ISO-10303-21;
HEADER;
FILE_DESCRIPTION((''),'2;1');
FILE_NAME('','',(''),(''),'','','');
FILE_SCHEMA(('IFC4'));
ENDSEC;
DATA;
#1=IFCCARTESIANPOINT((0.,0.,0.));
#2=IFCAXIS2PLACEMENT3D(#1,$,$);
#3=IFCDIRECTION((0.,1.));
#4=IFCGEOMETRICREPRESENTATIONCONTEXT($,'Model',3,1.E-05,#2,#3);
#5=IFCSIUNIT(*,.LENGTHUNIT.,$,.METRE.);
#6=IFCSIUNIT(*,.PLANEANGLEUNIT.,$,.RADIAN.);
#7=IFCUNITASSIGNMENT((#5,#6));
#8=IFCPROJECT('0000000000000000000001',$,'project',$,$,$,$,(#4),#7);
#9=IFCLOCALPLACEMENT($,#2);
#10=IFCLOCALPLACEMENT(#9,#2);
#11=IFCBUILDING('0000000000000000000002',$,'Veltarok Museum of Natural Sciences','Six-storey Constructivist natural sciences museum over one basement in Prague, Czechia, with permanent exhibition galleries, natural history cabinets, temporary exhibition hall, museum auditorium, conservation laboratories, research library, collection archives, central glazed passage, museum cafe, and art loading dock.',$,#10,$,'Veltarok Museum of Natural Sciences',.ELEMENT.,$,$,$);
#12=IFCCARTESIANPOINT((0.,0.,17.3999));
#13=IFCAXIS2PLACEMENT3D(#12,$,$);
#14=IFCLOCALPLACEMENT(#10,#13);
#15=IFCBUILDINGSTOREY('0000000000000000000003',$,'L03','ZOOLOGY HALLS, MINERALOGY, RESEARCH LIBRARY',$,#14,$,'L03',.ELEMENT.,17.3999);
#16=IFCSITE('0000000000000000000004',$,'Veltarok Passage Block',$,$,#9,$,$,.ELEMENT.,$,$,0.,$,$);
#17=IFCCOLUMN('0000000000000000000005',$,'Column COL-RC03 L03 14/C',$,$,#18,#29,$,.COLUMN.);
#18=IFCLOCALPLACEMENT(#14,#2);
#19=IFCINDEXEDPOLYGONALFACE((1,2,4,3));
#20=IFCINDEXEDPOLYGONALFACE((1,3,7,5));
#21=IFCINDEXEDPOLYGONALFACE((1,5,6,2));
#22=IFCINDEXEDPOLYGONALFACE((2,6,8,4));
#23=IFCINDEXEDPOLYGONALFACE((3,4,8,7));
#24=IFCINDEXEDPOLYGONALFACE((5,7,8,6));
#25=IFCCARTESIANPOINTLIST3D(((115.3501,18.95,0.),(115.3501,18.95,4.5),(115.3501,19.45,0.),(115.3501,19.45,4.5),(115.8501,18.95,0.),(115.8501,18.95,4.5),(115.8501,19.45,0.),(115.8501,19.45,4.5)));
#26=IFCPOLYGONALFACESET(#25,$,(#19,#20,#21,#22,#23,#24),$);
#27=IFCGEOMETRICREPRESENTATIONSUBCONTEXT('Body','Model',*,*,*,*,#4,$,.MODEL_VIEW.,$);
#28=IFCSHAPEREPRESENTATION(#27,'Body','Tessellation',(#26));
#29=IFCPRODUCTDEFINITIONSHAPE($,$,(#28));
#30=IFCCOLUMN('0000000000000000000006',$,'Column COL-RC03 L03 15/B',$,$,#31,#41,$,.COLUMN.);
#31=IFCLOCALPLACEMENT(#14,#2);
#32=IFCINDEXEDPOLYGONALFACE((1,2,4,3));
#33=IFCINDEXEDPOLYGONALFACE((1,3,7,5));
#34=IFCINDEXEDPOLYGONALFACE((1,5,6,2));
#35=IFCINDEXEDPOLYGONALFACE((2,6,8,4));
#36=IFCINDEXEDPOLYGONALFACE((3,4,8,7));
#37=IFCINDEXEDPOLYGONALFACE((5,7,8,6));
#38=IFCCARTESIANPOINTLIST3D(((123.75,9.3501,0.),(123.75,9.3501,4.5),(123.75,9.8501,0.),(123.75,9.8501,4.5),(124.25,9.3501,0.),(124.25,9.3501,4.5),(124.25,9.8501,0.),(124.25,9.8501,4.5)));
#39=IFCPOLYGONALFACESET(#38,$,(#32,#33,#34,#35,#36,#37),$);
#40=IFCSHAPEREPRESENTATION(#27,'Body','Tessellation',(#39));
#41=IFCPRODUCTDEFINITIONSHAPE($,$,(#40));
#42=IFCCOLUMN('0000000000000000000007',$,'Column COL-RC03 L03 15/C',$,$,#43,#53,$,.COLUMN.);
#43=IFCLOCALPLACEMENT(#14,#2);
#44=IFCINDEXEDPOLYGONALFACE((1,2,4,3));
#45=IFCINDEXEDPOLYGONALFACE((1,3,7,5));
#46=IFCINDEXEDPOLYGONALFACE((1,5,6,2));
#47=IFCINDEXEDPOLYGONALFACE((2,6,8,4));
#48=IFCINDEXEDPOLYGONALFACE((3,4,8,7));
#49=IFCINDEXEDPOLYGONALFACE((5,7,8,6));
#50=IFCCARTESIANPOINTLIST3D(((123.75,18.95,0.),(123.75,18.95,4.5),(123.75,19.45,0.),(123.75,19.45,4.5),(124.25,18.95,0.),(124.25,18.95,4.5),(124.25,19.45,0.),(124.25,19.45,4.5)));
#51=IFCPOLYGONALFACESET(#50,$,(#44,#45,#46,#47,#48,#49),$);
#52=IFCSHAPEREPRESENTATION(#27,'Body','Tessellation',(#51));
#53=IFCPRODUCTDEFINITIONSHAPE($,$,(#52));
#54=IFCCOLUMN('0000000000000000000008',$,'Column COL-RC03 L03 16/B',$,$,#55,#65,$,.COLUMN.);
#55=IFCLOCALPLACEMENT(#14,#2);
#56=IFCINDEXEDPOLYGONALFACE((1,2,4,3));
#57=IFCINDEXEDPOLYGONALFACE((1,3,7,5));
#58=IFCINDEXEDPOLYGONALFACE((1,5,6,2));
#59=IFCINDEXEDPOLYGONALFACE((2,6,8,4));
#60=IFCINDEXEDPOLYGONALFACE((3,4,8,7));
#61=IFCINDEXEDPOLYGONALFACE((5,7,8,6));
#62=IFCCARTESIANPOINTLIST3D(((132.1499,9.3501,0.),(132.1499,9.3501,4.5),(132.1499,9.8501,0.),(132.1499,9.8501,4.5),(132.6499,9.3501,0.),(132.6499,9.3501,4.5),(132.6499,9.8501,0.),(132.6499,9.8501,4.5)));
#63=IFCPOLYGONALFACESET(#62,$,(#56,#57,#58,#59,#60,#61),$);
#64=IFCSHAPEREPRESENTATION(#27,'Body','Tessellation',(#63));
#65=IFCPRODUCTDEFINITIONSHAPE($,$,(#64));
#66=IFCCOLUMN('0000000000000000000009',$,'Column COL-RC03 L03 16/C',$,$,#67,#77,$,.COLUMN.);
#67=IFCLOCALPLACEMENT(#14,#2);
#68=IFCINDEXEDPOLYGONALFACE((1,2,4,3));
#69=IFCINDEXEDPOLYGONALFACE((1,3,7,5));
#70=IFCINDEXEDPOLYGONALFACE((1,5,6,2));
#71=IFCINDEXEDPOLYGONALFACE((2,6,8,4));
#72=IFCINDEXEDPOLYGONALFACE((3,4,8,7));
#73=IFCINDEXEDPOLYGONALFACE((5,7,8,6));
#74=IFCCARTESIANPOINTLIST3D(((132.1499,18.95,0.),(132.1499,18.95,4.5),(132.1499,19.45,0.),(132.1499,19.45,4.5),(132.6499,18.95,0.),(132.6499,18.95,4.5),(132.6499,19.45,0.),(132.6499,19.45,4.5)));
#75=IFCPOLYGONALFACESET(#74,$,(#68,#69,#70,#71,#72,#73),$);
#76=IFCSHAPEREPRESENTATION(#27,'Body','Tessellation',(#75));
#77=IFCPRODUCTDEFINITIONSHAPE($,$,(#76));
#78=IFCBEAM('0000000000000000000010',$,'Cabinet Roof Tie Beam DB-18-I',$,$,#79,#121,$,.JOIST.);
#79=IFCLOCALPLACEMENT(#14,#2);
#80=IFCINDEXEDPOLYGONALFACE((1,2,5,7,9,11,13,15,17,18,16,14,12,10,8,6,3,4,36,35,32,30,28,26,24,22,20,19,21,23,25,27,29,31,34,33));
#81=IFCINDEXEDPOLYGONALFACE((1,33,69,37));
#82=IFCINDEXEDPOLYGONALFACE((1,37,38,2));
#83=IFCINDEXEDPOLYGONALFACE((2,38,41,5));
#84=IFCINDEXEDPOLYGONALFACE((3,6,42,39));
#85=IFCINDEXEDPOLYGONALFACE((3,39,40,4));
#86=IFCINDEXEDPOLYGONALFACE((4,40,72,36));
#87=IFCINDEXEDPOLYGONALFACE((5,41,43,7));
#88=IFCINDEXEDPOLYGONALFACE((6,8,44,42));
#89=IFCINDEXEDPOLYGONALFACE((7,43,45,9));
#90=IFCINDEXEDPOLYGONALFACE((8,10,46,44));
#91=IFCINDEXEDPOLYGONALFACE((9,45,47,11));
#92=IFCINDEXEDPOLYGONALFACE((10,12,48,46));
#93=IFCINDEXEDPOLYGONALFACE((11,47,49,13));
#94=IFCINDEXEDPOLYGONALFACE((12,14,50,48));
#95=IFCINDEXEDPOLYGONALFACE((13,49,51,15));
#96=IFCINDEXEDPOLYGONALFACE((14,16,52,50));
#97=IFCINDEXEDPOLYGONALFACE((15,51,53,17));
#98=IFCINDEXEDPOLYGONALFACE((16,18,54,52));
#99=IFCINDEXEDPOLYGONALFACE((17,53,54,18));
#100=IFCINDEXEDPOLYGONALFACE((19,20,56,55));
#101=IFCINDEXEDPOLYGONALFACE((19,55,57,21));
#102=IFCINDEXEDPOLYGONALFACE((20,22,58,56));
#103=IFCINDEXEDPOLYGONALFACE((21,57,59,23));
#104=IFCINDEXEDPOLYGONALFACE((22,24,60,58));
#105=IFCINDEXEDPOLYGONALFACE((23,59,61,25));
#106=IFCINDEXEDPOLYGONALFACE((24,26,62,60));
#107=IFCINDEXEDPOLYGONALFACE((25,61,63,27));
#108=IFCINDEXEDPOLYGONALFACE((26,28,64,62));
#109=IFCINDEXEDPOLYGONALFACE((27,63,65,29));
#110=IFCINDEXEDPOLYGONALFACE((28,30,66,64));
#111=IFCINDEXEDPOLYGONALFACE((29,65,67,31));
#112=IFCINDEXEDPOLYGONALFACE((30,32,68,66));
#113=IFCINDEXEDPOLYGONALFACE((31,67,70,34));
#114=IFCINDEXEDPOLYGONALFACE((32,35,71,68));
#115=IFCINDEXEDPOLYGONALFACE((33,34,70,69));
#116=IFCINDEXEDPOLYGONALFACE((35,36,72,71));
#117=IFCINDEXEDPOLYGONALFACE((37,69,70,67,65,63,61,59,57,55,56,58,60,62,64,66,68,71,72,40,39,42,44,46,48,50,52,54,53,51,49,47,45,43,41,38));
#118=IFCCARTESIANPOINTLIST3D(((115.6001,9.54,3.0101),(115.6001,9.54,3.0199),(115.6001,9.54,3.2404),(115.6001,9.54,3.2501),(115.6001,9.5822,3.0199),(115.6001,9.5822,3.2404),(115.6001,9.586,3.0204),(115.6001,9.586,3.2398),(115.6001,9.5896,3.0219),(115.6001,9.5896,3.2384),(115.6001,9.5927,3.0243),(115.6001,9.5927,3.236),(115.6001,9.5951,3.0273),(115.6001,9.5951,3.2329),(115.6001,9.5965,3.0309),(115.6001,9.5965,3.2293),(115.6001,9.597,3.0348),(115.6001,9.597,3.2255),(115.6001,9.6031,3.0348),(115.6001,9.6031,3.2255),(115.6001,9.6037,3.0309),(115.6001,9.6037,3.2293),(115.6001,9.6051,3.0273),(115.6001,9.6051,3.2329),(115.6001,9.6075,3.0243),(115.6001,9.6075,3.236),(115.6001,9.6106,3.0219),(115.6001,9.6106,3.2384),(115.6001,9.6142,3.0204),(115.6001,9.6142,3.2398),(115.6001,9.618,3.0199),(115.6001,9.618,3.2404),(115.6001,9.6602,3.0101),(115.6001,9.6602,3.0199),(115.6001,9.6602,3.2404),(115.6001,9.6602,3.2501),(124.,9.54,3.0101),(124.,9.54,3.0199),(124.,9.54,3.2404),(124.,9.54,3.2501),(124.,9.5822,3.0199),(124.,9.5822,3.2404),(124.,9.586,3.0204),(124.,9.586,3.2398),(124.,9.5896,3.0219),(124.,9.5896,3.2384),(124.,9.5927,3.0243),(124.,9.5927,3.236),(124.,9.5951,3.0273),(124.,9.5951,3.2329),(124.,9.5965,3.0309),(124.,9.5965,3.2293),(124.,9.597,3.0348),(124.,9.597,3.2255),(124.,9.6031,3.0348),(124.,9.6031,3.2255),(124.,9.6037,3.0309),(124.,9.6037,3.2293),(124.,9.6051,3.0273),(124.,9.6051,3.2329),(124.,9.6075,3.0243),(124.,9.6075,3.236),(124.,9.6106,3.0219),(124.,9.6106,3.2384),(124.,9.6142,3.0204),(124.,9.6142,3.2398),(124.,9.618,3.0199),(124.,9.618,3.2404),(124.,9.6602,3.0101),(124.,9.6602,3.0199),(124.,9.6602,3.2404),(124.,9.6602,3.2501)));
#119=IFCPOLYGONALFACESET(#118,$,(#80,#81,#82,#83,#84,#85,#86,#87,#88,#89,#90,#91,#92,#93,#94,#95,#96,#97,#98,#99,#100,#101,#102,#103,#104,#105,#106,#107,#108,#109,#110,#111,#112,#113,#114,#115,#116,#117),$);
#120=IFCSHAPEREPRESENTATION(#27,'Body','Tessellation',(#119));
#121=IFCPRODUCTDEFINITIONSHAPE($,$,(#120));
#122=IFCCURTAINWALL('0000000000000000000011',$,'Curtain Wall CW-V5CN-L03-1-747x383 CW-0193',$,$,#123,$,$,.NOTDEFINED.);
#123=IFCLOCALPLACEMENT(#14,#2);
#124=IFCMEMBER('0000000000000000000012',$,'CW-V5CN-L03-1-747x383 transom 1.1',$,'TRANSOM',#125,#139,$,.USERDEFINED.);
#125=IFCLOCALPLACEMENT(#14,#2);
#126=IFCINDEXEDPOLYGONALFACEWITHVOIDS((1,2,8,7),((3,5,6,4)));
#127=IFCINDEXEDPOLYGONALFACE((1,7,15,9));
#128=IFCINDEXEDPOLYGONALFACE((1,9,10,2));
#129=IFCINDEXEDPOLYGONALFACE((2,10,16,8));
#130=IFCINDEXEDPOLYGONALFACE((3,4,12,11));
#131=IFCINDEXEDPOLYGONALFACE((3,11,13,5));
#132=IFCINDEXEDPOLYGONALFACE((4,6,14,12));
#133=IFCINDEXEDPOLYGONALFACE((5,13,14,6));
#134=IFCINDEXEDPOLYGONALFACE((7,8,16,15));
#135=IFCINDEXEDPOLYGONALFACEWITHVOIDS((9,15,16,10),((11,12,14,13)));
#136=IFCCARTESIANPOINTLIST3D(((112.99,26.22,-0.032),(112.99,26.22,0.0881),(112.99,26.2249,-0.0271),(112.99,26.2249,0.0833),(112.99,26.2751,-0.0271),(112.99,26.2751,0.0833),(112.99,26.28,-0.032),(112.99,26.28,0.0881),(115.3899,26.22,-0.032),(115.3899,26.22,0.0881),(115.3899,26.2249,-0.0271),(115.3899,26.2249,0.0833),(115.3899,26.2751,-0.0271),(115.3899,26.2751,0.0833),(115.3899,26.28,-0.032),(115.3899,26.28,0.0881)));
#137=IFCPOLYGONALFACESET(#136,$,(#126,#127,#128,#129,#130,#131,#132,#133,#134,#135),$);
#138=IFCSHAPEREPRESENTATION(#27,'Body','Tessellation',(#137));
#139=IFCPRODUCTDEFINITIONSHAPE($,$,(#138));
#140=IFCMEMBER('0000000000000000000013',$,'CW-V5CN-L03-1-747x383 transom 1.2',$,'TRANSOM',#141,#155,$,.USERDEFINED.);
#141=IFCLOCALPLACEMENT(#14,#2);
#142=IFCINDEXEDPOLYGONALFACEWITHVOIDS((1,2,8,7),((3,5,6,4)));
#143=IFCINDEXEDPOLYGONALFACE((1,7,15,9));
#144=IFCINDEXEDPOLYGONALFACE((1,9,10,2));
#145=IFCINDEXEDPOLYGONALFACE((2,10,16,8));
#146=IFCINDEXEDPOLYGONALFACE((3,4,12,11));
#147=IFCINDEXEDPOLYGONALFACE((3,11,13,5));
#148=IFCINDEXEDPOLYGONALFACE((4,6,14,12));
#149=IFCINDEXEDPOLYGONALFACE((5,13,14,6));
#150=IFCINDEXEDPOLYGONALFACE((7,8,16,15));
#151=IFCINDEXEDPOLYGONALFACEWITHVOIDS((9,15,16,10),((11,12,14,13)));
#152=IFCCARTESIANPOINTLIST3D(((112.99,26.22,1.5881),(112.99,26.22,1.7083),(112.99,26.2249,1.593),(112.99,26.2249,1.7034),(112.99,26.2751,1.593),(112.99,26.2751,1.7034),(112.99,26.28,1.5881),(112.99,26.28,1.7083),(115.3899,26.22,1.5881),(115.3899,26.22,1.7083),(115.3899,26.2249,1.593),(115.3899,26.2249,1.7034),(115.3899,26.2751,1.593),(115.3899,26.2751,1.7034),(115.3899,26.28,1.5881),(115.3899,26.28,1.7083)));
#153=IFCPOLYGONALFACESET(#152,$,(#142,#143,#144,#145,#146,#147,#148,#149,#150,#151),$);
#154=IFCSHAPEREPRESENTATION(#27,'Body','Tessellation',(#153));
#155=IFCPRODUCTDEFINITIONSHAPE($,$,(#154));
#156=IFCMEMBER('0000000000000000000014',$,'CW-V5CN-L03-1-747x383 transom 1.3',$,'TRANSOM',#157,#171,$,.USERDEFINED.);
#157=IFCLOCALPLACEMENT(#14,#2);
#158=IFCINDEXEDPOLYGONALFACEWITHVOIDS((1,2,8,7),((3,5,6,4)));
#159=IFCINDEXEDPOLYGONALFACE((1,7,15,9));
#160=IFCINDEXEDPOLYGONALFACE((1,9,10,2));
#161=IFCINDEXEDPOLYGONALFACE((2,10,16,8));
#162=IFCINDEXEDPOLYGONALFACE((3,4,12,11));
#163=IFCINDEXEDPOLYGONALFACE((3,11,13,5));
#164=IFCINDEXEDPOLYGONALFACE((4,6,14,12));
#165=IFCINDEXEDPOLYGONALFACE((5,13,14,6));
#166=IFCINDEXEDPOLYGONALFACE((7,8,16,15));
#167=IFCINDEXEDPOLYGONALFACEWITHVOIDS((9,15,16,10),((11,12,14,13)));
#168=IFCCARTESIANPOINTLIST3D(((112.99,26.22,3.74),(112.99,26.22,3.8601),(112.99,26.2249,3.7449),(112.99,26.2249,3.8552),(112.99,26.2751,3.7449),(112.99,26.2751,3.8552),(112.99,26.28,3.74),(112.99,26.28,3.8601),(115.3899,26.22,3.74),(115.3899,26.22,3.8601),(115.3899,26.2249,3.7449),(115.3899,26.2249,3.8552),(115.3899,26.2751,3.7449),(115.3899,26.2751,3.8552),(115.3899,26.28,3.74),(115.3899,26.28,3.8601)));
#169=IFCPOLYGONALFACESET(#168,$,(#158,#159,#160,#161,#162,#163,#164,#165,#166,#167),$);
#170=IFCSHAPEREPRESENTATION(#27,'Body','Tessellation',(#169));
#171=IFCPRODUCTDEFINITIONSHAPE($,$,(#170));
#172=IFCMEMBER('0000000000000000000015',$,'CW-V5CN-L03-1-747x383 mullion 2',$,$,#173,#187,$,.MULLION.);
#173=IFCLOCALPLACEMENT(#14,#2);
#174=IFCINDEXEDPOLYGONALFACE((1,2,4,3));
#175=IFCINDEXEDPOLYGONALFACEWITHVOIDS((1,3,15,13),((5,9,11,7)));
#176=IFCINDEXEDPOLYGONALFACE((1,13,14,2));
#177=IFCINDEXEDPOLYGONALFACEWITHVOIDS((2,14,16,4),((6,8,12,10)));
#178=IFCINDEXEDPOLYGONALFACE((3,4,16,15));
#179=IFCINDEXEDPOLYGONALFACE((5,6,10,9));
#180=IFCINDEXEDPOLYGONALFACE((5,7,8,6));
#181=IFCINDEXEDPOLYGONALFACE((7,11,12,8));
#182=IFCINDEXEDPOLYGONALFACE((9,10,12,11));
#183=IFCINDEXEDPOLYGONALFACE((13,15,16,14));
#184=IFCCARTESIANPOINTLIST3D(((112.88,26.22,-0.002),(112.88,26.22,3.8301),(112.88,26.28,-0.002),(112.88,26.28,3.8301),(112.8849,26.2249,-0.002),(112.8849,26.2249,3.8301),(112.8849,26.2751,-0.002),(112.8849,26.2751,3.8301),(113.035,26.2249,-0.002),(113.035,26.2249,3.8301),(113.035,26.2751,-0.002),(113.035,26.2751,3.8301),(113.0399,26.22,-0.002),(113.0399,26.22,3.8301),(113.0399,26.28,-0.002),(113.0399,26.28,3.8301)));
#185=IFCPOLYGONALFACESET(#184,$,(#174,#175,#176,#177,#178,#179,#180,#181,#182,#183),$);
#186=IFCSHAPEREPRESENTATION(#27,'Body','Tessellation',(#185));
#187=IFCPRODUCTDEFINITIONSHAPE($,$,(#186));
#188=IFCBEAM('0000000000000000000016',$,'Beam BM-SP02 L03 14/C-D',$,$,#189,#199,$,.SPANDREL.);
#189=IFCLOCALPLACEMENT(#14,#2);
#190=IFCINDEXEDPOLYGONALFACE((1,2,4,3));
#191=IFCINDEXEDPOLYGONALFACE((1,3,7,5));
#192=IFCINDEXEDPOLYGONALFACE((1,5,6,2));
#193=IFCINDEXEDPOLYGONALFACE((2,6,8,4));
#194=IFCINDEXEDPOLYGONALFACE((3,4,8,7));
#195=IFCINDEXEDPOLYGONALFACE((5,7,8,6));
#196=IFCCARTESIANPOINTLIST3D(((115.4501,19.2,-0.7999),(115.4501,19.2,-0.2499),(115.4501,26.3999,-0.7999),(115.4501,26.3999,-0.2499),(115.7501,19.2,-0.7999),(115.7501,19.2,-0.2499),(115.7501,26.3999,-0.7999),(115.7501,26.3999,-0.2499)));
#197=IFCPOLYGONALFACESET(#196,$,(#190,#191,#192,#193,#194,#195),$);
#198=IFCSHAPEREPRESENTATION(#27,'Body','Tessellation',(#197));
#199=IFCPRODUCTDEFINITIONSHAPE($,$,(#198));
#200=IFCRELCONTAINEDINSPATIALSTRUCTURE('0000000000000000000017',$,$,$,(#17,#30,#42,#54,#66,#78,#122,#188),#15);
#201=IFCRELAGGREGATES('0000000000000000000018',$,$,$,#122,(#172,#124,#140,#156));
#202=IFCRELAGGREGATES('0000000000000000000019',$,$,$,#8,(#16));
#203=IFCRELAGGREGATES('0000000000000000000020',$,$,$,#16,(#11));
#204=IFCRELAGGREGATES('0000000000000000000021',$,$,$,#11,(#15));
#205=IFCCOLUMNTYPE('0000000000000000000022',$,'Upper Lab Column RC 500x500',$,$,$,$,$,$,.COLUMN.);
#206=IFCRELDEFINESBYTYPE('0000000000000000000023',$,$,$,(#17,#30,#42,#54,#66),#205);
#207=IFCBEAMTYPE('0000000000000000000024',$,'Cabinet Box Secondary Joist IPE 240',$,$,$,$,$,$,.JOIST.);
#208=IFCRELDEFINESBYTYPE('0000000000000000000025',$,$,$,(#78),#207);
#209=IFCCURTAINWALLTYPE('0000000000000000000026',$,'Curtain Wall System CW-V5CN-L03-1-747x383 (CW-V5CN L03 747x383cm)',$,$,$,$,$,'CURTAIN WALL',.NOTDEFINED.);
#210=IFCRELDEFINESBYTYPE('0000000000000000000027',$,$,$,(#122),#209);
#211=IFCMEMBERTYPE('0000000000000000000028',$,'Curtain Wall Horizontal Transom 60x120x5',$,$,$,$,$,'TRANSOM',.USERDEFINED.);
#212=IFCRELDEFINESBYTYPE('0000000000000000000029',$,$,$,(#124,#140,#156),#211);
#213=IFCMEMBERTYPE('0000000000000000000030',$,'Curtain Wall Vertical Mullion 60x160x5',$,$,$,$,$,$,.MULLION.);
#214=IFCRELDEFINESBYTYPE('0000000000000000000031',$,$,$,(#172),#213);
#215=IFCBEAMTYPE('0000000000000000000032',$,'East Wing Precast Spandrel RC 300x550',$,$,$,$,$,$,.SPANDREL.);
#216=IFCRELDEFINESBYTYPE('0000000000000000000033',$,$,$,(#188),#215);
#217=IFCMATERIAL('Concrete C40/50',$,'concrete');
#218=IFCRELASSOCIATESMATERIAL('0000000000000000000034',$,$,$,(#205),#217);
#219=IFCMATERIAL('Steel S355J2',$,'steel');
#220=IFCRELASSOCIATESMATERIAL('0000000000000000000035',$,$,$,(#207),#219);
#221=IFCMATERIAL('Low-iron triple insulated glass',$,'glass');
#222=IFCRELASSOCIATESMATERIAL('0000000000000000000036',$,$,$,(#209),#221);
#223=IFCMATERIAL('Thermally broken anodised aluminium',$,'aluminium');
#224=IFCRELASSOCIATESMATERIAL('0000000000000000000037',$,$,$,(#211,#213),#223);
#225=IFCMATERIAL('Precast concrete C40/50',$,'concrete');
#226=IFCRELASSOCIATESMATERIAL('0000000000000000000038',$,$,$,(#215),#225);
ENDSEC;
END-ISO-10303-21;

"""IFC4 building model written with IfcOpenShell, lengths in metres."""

from ifc_helpers import new_model, si_unit, direction, frame, origin, origin_2d, place, context, subcontext, project, spatial, rectangle, hollow_rectangle, i_section, extrude, material, material_profile, profile_set, type_object, element, aggregate, save


model = new_model("IFC4")

# Units and contexts
model_context = context("Model", 3, precision=1e-05, world=origin(), true_north=direction((0.0, 1.0)))
body_context = subcontext(model_context, "Body", "Model", "MODEL_VIEW")
ifc_project = project(units=[si_unit("LENGTHUNIT", "METRE"), si_unit("PLANEANGLEUNIT", "RADIAN")], contexts=[model_context])

# Site, building, storey
site_placement = place(None, origin())
site = spatial("IfcSite", under=ifc_project, at=site_placement, Name="Veltarok Passage Block", CompositionType="ELEMENT", RefElevation=0.0)
building_placement = place(site_placement, origin())
building = spatial("IfcBuilding", under=site, at=building_placement, Name="Veltarok Museum of Natural Sciences", Description="Six-storey Constructivist natural sciences museum over one basement in Prague, Czechia, with permanent exhibition galleries, natural history cabinets, temporary exhibition hall, museum auditorium, conservation laboratories, research library, collection archives, central glazed passage, museum cafe, and art loading dock.", LongName="Veltarok Museum of Natural Sciences", CompositionType="ELEMENT")
storey_placement = place(building_placement, frame((0.0, 0.0, 17.3999)))
storey = spatial("IfcBuildingStorey", under=building, at=storey_placement, Name="L03", Description="ZOOLOGY HALLS, MINERALOGY, RESEARCH LIBRARY", LongName="L03", CompositionType="ELEMENT", Elevation=17.3999)

# Columns
ifc_material_1 = material(Name="Concrete C40/50", Category="concrete")
ifc_material_profile_1 = material_profile(ifc_material_1, rectangle(XDim=0.5, YDim=0.5, at=origin_2d()), Name="RC 500x500")
ifc_profile_set_1 = profile_set([ifc_material_profile_1], Name="Concrete C40/50")
column_type = type_object("IfcColumnType", Name="Upper Lab Column RC 500x500", PredefinedType="COLUMN", material=ifc_profile_set_1)
for number, where, z_axis, x_axis, name in (
    (1, (115.6001, 19.2, 0.0), (0.0, 0.0, 1.0), (1.0, 0.0, 0.0), "Column COL-RC03 L03 14/C"),
    (2, (124.0, 9.6001, 0.0), (0.0, 0.0, 1.0), (1.0, 0.0, 0.0), "Column COL-RC03 L03 15/B"),
    (3, (124.0, 19.2, 0.0), (0.0, 0.0, 1.0), (1.0, 0.0, 0.0), "Column COL-RC03 L03 15/C"),
    (4, (132.3999, 9.6001, 0.0), (0.0, 0.0, 1.0), (1.0, 0.0, 0.0), "Column COL-RC03 L03 16/B"),
    (5, (132.3999, 19.2, 0.0), (0.0, 0.0, 1.0), (1.0, 0.0, 0.0), "Column COL-RC03 L03 16/C"),
):
    element("IfcColumn", number, at=place(storey_placement, frame(where, z_axis=z_axis, x_axis=x_axis)), inside=storey, type_object=column_type, Name=name, PredefinedType="COLUMN", context=body_context, shape_type="SweptSolid", body=[
        extrude(rectangle(XDim=0.5, YDim=0.5, at=origin_2d()), origin(), (0.0, 0.0, 1.0), 4.5),
    ])

# Beam
ifc_material_2 = material(Name="Steel S355J2", Category="steel")
ifc_material_profile_2 = material_profile(ifc_material_2, i_section(OverallWidth=0.1201, OverallDepth=0.24, WebThickness=0.0061, FlangeThickness=0.0098, FilletRadius=0.0149, at=origin_2d()), Name="IPE 240")
ifc_profile_set_2 = profile_set([ifc_material_profile_2], Name="Steel S355J2")
beam_type_1 = type_object("IfcBeamType", Name="Cabinet Box Secondary Joist IPE 240", PredefinedType="JOIST", material=ifc_profile_set_2)
beam_1_placement = place(storey_placement, frame((115.6001, 9.6001, 3.1301), z_axis=(1.0, 0.0, 0.0), x_axis=(0.0, 1.0, 0.0)))
element("IfcBeam", 6, at=beam_1_placement, inside=storey, type_object=beam_type_1, Name="Cabinet Roof Tie Beam DB-18-I", PredefinedType="JOIST", context=body_context, shape_type="SweptSolid", body=[
    extrude(i_section(OverallWidth=0.1201, OverallDepth=0.24, WebThickness=0.0061, FlangeThickness=0.0098, FilletRadius=0.0149, at=origin_2d()), origin(), (0.0, 0.0, 1.0), 8.3999),
])

# Curtain wall, members
ifc_material_3 = material(Name="Low-iron triple insulated glass", Category="glass")
curtain_wall_type = type_object("IfcCurtainWallType", Name="Curtain Wall System CW-V5CN-L03-1-747x383 (CW-V5CN L03 747x383cm)", ElementType="CURTAIN WALL", PredefinedType="NOTDEFINED", material=ifc_material_3)
curtain_wall_placement = place(storey_placement, origin())
curtain_wall = element("IfcCurtainWall", 7, at=curtain_wall_placement, inside=storey, type_object=curtain_wall_type, Name="Curtain Wall CW-V5CN-L03-1-747x383 CW-0193", PredefinedType="NOTDEFINED")
ifc_material_4 = material(Name="Thermally broken anodised aluminium", Category="aluminium")
ifc_material_profile_3 = material_profile(ifc_material_4, hollow_rectangle(XDim=0.0601, YDim=0.1201, WallThickness=0.0049, at=origin_2d()), Name="CW TRANSOM 60x120x5")
ifc_profile_set_3 = profile_set([ifc_material_profile_3], Name="Thermally broken anodised aluminium")
member_type_1 = type_object("IfcMemberType", Name="Curtain Wall Horizontal Transom 60x120x5", ElementType="TRANSOM", PredefinedType="USERDEFINED", material=ifc_profile_set_3)
member_1_placement = place(storey_placement, frame((115.3899, 26.25, 0.0281), z_axis=(-1.0, 0.0, 0.0), x_axis=(0.0, -1.0, 0.0)))
member_1 = element("IfcMember", 8, at=member_1_placement, type_object=member_type_1, Name="CW-V5CN-L03-1-747x383 transom 1.1", ObjectType="TRANSOM", PredefinedType="USERDEFINED", context=body_context, shape_type="SweptSolid", body=[
    extrude(hollow_rectangle(XDim=0.0601, YDim=0.1201, WallThickness=0.0049, at=origin_2d()), origin(), (0.0, 0.0, 1.0), 2.3999),
])
member_2_placement = place(storey_placement, frame((115.3899, 26.25, 1.6482), z_axis=(-1.0, 0.0, 0.0), x_axis=(0.0, -1.0, 0.0)))
member_2 = element("IfcMember", 9, at=member_2_placement, type_object=member_type_1, Name="CW-V5CN-L03-1-747x383 transom 1.2", ObjectType="TRANSOM", PredefinedType="USERDEFINED", context=body_context, shape_type="SweptSolid", body=[
    extrude(hollow_rectangle(XDim=0.0601, YDim=0.1201, WallThickness=0.0049, at=origin_2d()), origin(), (0.0, 0.0, 1.0), 2.3999),
])
member_3_placement = place(storey_placement, frame((115.3899, 26.25, 3.8), z_axis=(-1.0, 0.0, 0.0), x_axis=(0.0, -1.0, 0.0)))
member_3 = element("IfcMember", 10, at=member_3_placement, type_object=member_type_1, Name="CW-V5CN-L03-1-747x383 transom 1.3", ObjectType="TRANSOM", PredefinedType="USERDEFINED", context=body_context, shape_type="SweptSolid", body=[
    extrude(hollow_rectangle(XDim=0.0601, YDim=0.1201, WallThickness=0.0049, at=origin_2d()), origin(), (0.0, 0.0, 1.0), 2.3999),
])
ifc_material_profile_4 = material_profile(ifc_material_4, hollow_rectangle(XDim=0.0601, YDim=0.1599, WallThickness=0.0049, at=origin_2d()), Name="CW MULLION 60x160x5")
ifc_profile_set_4 = profile_set([ifc_material_profile_4], Name="Thermally broken anodised aluminium")
member_type_2 = type_object("IfcMemberType", Name="Curtain Wall Vertical Mullion 60x160x5", PredefinedType="MULLION", material=ifc_profile_set_4)
member_4_placement = place(storey_placement, frame((112.96, 26.25, -0.002), z_axis=(0.0, 0.0, 1.0), x_axis=(0.0, -1.0, 0.0)))
member_4 = element("IfcMember", 11, at=member_4_placement, type_object=member_type_2, Name="CW-V5CN-L03-1-747x383 mullion 2", PredefinedType="MULLION", context=body_context, shape_type="SweptSolid", body=[
    extrude(hollow_rectangle(XDim=0.0601, YDim=0.1599, WallThickness=0.0049, at=origin_2d()), origin(), (0.0, 0.0, 1.0), 3.832),
])

# Beam
ifc_material_5 = material(Name="Precast concrete C40/50", Category="concrete")
ifc_material_profile_5 = material_profile(ifc_material_5, rectangle(XDim=0.3, YDim=0.55, at=origin_2d()), Name="RC 300x550")
ifc_profile_set_5 = profile_set([ifc_material_profile_5], Name="Precast concrete C40/50")
beam_type_2 = type_object("IfcBeamType", Name="East Wing Precast Spandrel RC 300x550", PredefinedType="SPANDREL", material=ifc_profile_set_5)
for number, where, z_axis, x_axis, name in (
    (12, (115.6001, 19.2, -0.5249), (0.0, 1.0, 0.0), (-1.0, 0.0, 0.0), "Beam BM-SP02 L03 14/C-D"),
):
    element("IfcBeam", number, at=place(storey_placement, frame(where, z_axis=z_axis, x_axis=x_axis)), inside=storey, type_object=beam_type_2, Name=name, PredefinedType="SPANDREL", context=body_context, shape_type="SweptSolid", body=[
        extrude(rectangle(XDim=0.3, YDim=0.55, at=origin_2d()), origin(), (0.0, 0.0, 1.0), 7.2),
    ])

aggregate(curtain_wall, [member_4, member_1, member_2, member_3])

save(model, "model.ifc")
